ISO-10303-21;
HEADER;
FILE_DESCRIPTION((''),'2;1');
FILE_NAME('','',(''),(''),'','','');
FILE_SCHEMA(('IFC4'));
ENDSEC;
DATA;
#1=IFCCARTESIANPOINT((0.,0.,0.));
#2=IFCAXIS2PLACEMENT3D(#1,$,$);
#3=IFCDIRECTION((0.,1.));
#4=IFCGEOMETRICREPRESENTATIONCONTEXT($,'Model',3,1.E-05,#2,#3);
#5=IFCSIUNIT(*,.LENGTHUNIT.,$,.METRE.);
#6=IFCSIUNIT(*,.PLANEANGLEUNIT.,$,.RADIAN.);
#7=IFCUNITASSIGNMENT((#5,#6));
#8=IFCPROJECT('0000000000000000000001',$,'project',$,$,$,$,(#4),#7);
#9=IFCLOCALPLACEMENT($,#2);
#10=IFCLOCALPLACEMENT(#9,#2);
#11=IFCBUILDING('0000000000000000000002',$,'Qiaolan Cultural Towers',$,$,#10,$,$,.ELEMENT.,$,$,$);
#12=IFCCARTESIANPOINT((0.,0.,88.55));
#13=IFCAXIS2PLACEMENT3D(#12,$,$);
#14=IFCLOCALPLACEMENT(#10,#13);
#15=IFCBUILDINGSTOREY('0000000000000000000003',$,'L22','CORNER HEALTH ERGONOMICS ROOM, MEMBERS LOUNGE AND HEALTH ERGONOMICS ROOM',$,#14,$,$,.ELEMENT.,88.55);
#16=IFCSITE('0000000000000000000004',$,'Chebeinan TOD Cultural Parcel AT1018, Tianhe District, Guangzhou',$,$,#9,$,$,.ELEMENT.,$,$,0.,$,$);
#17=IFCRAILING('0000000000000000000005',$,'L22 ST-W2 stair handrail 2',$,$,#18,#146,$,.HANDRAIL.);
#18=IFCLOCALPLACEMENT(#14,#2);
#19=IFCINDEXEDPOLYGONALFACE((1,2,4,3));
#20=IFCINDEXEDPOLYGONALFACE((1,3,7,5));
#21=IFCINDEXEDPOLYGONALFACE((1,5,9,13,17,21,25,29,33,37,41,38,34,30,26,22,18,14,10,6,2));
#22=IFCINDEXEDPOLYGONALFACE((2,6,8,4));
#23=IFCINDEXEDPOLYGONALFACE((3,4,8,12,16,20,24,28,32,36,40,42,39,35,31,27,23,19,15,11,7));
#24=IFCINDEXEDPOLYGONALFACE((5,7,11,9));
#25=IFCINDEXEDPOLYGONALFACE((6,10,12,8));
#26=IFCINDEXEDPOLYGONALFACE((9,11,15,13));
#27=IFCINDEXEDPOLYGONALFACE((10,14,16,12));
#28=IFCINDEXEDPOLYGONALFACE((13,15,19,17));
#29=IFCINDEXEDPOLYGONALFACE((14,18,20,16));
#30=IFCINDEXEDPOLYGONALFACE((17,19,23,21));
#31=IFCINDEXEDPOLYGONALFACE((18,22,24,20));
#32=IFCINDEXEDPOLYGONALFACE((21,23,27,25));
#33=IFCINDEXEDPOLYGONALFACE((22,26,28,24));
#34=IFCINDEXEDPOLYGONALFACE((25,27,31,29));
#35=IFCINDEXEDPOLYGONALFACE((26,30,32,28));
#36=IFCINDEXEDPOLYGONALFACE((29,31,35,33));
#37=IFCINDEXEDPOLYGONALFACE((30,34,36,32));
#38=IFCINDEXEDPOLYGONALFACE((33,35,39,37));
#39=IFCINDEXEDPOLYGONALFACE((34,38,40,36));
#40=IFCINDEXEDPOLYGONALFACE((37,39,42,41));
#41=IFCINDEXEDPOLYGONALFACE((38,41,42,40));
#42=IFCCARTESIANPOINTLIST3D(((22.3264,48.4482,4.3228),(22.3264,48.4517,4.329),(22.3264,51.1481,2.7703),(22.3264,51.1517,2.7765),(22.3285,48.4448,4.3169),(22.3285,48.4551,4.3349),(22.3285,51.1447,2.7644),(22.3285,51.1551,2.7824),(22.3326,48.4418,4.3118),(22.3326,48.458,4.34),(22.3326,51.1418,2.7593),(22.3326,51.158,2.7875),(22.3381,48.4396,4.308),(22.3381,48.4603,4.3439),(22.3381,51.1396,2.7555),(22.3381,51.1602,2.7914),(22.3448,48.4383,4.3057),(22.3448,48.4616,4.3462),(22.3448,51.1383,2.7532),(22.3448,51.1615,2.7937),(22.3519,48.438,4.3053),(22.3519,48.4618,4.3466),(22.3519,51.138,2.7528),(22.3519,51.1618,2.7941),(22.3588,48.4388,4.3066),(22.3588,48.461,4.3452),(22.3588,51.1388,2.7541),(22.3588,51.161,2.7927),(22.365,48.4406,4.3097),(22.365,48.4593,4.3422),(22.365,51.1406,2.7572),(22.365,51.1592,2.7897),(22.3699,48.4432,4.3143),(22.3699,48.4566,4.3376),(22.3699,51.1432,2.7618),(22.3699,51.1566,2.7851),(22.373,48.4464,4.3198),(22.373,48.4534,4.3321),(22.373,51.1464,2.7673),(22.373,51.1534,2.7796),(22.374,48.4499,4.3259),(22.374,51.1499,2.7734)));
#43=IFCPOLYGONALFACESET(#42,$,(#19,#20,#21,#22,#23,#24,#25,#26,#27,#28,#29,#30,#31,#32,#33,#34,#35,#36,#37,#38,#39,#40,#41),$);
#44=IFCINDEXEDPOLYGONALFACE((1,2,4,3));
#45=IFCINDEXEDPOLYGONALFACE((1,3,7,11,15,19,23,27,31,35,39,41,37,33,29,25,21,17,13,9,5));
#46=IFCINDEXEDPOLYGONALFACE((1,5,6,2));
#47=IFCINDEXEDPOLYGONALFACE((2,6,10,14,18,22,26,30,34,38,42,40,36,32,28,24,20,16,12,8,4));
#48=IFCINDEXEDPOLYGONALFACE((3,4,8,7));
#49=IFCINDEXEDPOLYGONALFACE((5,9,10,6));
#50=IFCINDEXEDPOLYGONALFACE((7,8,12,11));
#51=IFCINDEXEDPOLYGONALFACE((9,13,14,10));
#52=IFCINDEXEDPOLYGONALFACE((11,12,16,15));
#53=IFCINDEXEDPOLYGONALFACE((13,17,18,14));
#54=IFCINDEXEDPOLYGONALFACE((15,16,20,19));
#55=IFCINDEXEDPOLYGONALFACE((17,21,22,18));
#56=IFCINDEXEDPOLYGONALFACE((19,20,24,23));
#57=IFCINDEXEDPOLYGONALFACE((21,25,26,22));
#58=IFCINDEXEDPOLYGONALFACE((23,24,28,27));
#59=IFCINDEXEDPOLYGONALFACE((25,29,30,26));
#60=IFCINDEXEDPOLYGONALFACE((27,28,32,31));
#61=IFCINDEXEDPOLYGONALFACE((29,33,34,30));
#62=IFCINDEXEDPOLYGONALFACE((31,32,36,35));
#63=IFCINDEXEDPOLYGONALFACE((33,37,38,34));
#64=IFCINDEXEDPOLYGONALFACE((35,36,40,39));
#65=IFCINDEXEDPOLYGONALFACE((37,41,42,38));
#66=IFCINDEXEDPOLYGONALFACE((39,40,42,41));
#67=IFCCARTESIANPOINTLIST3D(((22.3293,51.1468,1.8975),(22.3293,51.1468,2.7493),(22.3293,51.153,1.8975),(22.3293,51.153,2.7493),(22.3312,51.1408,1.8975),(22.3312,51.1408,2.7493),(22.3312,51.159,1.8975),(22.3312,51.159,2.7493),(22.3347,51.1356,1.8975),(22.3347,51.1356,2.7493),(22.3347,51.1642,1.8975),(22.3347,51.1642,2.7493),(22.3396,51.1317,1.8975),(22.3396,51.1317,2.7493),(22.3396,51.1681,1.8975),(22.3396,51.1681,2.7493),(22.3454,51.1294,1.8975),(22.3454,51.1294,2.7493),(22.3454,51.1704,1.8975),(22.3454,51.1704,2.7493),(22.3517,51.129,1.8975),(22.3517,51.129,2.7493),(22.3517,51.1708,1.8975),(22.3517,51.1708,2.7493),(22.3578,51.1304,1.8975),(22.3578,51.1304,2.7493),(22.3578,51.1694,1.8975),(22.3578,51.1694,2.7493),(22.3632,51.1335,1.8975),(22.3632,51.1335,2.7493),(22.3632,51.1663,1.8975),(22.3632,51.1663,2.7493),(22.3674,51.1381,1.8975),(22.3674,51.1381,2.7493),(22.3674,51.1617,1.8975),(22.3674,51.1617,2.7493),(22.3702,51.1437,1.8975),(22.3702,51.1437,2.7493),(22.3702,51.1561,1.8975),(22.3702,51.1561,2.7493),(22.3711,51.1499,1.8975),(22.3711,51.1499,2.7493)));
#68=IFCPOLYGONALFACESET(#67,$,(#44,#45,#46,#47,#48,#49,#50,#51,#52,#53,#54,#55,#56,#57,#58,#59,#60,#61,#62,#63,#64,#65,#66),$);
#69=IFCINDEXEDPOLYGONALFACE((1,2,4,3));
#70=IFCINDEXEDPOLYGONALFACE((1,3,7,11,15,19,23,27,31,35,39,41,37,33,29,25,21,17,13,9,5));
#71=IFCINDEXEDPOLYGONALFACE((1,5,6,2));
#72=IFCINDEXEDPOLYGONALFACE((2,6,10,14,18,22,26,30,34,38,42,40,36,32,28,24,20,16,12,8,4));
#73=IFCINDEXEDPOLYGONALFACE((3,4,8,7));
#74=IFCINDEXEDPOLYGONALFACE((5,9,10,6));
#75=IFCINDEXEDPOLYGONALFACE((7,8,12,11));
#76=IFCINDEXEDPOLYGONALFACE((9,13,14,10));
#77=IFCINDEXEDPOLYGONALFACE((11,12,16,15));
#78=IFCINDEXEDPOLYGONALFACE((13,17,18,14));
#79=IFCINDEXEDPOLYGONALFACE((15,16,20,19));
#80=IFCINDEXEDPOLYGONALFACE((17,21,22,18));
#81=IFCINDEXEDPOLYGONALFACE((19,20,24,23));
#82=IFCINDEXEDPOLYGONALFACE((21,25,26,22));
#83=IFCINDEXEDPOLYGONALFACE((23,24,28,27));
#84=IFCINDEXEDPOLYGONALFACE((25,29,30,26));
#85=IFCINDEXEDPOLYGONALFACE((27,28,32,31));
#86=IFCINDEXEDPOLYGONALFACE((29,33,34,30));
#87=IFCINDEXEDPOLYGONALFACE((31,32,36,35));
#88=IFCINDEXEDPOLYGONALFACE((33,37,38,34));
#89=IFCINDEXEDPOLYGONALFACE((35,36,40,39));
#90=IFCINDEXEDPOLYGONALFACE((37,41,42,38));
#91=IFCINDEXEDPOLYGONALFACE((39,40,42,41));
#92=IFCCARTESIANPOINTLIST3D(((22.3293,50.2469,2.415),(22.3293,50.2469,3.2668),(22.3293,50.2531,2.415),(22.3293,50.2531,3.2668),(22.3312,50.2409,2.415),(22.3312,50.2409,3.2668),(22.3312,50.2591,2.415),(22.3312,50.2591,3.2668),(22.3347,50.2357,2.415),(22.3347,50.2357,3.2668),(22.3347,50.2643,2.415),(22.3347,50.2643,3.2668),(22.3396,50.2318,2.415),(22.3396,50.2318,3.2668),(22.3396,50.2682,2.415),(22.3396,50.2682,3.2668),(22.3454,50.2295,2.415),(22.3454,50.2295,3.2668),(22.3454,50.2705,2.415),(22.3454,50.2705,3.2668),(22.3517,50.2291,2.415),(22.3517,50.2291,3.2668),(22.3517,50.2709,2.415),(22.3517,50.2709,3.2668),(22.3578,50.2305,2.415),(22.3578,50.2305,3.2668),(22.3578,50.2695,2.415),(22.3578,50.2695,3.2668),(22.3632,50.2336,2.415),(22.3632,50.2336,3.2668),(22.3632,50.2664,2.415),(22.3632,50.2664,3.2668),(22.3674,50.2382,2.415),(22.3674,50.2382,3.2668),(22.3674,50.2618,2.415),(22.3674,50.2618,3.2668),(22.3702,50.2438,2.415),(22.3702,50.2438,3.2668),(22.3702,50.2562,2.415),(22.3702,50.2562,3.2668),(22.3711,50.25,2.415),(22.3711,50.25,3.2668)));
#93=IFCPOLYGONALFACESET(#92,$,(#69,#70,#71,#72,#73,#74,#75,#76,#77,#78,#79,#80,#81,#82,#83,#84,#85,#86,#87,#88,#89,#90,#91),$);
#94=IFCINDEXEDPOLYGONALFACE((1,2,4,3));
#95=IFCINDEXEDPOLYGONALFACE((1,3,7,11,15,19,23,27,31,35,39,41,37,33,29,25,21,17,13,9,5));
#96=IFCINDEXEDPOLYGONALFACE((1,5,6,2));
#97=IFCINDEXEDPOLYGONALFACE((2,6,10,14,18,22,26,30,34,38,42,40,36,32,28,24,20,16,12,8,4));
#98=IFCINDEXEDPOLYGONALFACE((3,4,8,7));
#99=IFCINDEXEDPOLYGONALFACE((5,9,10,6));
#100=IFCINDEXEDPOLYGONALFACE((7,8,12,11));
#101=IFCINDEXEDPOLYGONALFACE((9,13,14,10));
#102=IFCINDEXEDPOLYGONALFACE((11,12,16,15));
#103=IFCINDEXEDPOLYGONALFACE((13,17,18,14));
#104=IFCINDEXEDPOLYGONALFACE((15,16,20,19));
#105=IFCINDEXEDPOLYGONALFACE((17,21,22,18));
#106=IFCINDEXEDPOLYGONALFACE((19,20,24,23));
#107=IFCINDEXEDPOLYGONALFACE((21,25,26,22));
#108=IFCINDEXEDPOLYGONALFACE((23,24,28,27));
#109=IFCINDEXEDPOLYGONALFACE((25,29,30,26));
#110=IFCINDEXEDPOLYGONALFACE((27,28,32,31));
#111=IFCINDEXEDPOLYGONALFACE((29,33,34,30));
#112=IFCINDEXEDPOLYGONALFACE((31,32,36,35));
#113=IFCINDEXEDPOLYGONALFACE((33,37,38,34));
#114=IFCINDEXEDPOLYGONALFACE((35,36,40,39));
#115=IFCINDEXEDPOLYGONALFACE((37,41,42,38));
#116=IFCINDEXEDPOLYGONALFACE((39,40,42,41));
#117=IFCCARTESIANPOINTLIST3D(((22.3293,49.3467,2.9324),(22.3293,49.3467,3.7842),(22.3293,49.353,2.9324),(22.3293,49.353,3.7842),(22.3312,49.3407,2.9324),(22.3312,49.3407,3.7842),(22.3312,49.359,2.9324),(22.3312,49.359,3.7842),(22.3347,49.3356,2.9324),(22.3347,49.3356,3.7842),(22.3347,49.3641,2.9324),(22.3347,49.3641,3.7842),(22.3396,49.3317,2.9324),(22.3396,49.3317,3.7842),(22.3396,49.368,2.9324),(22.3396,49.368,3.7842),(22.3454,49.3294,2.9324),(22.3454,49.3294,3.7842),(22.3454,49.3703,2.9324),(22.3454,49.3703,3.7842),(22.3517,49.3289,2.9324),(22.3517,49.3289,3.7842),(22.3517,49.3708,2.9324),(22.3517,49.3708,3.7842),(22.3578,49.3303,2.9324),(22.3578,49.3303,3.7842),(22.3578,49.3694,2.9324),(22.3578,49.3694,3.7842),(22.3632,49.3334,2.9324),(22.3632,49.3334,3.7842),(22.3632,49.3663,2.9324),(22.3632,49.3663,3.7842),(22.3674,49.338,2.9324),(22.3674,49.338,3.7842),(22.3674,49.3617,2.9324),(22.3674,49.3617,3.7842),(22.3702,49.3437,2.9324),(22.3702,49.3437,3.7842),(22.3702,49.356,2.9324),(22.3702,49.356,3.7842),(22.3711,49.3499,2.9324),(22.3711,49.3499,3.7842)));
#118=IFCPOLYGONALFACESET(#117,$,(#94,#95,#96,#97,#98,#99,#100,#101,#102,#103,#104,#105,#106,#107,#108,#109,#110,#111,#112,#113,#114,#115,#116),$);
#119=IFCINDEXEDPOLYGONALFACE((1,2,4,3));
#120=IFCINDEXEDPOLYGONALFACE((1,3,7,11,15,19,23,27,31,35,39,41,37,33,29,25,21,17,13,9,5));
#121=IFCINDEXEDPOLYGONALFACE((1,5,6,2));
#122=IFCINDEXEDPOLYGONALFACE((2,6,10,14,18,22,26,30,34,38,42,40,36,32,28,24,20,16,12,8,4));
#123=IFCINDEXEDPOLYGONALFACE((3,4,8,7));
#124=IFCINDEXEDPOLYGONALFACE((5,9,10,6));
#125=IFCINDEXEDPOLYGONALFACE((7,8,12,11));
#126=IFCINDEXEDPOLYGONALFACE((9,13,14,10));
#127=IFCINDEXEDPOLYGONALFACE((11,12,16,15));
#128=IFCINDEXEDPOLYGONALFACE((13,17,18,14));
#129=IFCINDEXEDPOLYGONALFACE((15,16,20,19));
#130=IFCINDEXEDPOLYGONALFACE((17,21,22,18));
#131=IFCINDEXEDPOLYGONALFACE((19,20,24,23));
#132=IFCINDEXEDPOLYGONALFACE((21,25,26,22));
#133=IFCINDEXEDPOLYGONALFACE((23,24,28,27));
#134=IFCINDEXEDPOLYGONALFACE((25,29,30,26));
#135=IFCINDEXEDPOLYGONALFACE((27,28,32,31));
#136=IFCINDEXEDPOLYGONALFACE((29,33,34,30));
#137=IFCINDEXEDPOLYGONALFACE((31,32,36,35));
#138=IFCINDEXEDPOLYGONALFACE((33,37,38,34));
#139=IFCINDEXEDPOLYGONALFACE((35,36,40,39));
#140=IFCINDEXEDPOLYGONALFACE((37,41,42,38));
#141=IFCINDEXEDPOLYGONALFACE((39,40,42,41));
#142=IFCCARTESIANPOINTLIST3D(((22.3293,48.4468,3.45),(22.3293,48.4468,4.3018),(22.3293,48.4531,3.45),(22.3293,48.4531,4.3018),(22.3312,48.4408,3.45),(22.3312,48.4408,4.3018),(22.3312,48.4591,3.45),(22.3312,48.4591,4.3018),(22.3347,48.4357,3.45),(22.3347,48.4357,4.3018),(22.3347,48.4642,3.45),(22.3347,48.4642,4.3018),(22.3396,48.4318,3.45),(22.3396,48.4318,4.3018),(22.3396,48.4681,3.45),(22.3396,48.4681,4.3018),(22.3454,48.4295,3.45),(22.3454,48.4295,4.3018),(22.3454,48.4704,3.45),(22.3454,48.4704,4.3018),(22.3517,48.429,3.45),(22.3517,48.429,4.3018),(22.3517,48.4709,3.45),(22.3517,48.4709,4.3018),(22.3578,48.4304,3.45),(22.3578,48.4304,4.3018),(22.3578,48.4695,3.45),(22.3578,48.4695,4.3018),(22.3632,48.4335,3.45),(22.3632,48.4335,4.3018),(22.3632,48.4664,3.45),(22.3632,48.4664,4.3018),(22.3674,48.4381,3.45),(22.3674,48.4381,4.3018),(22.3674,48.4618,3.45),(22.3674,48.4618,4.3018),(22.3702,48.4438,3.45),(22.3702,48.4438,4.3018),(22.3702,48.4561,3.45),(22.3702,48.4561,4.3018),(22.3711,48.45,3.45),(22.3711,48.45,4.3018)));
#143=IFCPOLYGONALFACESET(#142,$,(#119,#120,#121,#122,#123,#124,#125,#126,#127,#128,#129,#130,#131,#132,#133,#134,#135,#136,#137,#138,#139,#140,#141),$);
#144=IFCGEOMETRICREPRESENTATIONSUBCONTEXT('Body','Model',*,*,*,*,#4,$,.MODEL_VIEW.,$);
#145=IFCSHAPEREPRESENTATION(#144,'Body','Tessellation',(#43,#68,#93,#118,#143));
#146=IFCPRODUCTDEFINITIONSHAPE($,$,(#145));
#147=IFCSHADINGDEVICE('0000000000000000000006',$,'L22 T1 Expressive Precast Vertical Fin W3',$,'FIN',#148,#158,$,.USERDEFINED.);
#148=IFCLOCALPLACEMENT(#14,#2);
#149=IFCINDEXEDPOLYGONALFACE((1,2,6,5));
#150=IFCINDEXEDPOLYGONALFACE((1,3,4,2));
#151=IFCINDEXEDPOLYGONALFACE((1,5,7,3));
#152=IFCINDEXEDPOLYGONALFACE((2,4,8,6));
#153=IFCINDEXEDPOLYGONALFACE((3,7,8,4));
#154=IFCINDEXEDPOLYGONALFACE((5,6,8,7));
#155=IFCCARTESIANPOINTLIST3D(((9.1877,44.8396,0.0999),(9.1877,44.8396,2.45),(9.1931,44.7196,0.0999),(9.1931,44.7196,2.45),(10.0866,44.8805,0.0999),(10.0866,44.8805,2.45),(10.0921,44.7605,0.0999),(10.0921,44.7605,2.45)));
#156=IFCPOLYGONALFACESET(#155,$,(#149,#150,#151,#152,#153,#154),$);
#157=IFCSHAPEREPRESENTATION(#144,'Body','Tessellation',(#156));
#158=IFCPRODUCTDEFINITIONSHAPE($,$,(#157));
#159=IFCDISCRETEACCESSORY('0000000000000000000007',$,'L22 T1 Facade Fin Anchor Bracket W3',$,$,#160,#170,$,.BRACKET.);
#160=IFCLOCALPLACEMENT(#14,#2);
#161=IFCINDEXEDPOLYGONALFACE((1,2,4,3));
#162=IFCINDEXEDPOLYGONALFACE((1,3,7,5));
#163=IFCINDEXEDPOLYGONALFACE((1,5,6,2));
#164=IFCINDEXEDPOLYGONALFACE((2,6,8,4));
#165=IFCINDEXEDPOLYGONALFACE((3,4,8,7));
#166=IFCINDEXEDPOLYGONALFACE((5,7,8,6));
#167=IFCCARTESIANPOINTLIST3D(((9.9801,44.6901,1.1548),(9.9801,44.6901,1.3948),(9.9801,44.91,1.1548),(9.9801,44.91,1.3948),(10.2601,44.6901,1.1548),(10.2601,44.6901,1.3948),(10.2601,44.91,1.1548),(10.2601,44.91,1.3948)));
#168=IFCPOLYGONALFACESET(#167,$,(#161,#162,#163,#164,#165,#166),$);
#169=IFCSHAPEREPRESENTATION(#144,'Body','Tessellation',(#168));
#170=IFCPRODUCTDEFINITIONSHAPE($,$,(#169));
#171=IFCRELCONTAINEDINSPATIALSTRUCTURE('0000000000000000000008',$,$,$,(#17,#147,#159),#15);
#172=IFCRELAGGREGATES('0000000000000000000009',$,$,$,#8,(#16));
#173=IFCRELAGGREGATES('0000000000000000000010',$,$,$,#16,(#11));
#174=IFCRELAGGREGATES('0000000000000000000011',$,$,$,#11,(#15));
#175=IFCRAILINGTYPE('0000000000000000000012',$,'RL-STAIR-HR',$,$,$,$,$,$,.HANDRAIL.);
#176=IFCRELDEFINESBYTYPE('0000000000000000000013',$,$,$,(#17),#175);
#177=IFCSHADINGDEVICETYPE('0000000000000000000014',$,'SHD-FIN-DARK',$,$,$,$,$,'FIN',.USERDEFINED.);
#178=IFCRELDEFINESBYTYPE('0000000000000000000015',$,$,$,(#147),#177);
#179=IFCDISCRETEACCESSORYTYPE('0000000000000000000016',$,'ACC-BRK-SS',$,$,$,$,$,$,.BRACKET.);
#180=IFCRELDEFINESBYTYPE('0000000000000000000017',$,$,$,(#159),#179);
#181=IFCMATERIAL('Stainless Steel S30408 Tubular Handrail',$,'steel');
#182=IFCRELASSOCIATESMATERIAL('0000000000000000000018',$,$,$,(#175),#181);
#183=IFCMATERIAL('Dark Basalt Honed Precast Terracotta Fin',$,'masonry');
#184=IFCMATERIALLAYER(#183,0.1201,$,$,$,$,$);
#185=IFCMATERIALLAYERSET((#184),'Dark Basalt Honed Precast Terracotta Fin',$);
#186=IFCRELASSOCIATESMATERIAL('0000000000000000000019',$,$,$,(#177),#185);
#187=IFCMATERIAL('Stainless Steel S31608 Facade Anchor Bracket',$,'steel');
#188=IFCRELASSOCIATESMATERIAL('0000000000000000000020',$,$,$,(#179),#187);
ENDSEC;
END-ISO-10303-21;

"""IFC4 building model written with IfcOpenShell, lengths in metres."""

from ifc_helpers import new_model, si_unit, direction, frame, origin, origin_2d, place, context, subcontext, project, spatial, rectangle, circle, extrude, material, layer, layer_set, type_object, element, save


model = new_model("IFC4")

# Units and contexts
model_context = context("Model", 3, precision=1e-05, world=origin(), true_north=direction((0.0, 1.0)))
body_context = subcontext(model_context, "Body", "Model", "MODEL_VIEW")
ifc_project = project(units=[si_unit("LENGTHUNIT", "METRE"), si_unit("PLANEANGLEUNIT", "RADIAN")], contexts=[model_context])

# Site, building, storey
site_placement = place(None, origin())
site = spatial("IfcSite", under=ifc_project, at=site_placement, Name="Chebeinan TOD Cultural Parcel AT1018, Tianhe District, Guangzhou", CompositionType="ELEMENT", RefElevation=0.0)
building_placement = place(site_placement, origin())
building = spatial("IfcBuilding", under=site, at=building_placement, Name="Qiaolan Cultural Towers", CompositionType="ELEMENT")
storey_placement = place(building_placement, frame((0.0, 0.0, 88.55)))
storey = spatial("IfcBuildingStorey", under=building, at=storey_placement, Name="L22", Description="CORNER HEALTH ERGONOMICS ROOM, MEMBERS LOUNGE AND HEALTH ERGONOMICS ROOM", CompositionType="ELEMENT", Elevation=88.55)

# Railing
ifc_material_1 = material(Name="Stainless Steel S30408 Tubular Handrail", Category="steel")
railing_type_1 = type_object("IfcRailingType", Name="RL-STAIR-HR", PredefinedType="HANDRAIL", material=ifc_material_1)
railing_1_placement = place(storey_placement, frame((22.3501, 51.1499, 1.8975)))
element("IfcRailing", 1, at=railing_1_placement, inside=storey, type_object=railing_type_1, Name="L22 ST-W2 stair handrail 2", PredefinedType="HANDRAIL", context=body_context, shape_type="SweptSolid", body=[
    extrude(circle(Radius=0.0239, at=origin_2d()), frame((0.0, 0.0, 0.876), z_axis=(0.0, -0.866904, 0.498476), x_axis=(1.0, 0.0, 0.0)), (0.0, 0.0, 1.0), 3.1145),
    extrude(circle(Radius=0.021, at=origin_2d()), origin(), (0.0, 0.0, 1.0), 0.8518),
    extrude(circle(Radius=0.021, at=origin_2d()), frame((0.0, -0.8999, 0.5176)), (0.0, 0.0, 1.0), 0.8518),
    extrude(circle(Radius=0.021, at=origin_2d()), frame((0.0, -1.8, 1.0349)), (0.0, 0.0, 1.0), 0.8518),
    extrude(circle(Radius=0.021, at=origin_2d()), frame((0.0, -2.7, 1.5525)), (0.0, 0.0, 1.0), 0.8518),
])

# Shading device
ifc_material_2 = material(Name="Dark Basalt Honed Precast Terracotta Fin", Category="masonry")
ifc_layer_1 = layer(ifc_material_2, 0.1201)
ifc_layer_set_1 = layer_set([ifc_layer_1], Name="Dark Basalt Honed Precast Terracotta Fin")
shading_device_type = type_object("IfcShadingDeviceType", Name="SHD-FIN-DARK", ElementType="FIN", PredefinedType="USERDEFINED", material=ifc_layer_set_1)
shading_device_placement = place(storey_placement, frame((9.6399, 44.8, 0.0999), z_axis=(0.0, 0.0, 1.0), x_axis=(0.998967, 0.045445, 0.0)))
element("IfcShadingDevice", 2, at=shading_device_placement, inside=storey, type_object=shading_device_type, Name="L22 T1 Expressive Precast Vertical Fin W3", ObjectType="FIN", PredefinedType="USERDEFINED", context=body_context, shape_type="SweptSolid", body=[
    extrude(rectangle(XDim=0.8999, YDim=0.1201, at=origin_2d()), origin(), (0.0, 0.0, 1.0), 2.3501),
])

# Discrete accessory
ifc_material_3 = material(Name="Stainless Steel S31608 Facade Anchor Bracket", Category="steel")
discrete_accessory_type = type_object("IfcDiscreteAccessoryType", Name="ACC-BRK-SS", PredefinedType="BRACKET", material=ifc_material_3)
discrete_accessory_placement = place(storey_placement, frame((10.1201, 44.8, 1.1548), z_axis=(0.0, 0.0, 1.0), x_axis=(1.0, 0.0, 0.0)))
element("IfcDiscreteAccessory", 3, at=discrete_accessory_placement, inside=storey, type_object=discrete_accessory_type, Name="L22 T1 Facade Fin Anchor Bracket W3", PredefinedType="BRACKET", context=body_context, shape_type="SweptSolid", body=[
    extrude(rectangle(XDim=0.28, YDim=0.22, at=origin_2d()), origin(), (0.0, 0.0, 1.0), 0.24),
])

save(model, "model.ifc")
